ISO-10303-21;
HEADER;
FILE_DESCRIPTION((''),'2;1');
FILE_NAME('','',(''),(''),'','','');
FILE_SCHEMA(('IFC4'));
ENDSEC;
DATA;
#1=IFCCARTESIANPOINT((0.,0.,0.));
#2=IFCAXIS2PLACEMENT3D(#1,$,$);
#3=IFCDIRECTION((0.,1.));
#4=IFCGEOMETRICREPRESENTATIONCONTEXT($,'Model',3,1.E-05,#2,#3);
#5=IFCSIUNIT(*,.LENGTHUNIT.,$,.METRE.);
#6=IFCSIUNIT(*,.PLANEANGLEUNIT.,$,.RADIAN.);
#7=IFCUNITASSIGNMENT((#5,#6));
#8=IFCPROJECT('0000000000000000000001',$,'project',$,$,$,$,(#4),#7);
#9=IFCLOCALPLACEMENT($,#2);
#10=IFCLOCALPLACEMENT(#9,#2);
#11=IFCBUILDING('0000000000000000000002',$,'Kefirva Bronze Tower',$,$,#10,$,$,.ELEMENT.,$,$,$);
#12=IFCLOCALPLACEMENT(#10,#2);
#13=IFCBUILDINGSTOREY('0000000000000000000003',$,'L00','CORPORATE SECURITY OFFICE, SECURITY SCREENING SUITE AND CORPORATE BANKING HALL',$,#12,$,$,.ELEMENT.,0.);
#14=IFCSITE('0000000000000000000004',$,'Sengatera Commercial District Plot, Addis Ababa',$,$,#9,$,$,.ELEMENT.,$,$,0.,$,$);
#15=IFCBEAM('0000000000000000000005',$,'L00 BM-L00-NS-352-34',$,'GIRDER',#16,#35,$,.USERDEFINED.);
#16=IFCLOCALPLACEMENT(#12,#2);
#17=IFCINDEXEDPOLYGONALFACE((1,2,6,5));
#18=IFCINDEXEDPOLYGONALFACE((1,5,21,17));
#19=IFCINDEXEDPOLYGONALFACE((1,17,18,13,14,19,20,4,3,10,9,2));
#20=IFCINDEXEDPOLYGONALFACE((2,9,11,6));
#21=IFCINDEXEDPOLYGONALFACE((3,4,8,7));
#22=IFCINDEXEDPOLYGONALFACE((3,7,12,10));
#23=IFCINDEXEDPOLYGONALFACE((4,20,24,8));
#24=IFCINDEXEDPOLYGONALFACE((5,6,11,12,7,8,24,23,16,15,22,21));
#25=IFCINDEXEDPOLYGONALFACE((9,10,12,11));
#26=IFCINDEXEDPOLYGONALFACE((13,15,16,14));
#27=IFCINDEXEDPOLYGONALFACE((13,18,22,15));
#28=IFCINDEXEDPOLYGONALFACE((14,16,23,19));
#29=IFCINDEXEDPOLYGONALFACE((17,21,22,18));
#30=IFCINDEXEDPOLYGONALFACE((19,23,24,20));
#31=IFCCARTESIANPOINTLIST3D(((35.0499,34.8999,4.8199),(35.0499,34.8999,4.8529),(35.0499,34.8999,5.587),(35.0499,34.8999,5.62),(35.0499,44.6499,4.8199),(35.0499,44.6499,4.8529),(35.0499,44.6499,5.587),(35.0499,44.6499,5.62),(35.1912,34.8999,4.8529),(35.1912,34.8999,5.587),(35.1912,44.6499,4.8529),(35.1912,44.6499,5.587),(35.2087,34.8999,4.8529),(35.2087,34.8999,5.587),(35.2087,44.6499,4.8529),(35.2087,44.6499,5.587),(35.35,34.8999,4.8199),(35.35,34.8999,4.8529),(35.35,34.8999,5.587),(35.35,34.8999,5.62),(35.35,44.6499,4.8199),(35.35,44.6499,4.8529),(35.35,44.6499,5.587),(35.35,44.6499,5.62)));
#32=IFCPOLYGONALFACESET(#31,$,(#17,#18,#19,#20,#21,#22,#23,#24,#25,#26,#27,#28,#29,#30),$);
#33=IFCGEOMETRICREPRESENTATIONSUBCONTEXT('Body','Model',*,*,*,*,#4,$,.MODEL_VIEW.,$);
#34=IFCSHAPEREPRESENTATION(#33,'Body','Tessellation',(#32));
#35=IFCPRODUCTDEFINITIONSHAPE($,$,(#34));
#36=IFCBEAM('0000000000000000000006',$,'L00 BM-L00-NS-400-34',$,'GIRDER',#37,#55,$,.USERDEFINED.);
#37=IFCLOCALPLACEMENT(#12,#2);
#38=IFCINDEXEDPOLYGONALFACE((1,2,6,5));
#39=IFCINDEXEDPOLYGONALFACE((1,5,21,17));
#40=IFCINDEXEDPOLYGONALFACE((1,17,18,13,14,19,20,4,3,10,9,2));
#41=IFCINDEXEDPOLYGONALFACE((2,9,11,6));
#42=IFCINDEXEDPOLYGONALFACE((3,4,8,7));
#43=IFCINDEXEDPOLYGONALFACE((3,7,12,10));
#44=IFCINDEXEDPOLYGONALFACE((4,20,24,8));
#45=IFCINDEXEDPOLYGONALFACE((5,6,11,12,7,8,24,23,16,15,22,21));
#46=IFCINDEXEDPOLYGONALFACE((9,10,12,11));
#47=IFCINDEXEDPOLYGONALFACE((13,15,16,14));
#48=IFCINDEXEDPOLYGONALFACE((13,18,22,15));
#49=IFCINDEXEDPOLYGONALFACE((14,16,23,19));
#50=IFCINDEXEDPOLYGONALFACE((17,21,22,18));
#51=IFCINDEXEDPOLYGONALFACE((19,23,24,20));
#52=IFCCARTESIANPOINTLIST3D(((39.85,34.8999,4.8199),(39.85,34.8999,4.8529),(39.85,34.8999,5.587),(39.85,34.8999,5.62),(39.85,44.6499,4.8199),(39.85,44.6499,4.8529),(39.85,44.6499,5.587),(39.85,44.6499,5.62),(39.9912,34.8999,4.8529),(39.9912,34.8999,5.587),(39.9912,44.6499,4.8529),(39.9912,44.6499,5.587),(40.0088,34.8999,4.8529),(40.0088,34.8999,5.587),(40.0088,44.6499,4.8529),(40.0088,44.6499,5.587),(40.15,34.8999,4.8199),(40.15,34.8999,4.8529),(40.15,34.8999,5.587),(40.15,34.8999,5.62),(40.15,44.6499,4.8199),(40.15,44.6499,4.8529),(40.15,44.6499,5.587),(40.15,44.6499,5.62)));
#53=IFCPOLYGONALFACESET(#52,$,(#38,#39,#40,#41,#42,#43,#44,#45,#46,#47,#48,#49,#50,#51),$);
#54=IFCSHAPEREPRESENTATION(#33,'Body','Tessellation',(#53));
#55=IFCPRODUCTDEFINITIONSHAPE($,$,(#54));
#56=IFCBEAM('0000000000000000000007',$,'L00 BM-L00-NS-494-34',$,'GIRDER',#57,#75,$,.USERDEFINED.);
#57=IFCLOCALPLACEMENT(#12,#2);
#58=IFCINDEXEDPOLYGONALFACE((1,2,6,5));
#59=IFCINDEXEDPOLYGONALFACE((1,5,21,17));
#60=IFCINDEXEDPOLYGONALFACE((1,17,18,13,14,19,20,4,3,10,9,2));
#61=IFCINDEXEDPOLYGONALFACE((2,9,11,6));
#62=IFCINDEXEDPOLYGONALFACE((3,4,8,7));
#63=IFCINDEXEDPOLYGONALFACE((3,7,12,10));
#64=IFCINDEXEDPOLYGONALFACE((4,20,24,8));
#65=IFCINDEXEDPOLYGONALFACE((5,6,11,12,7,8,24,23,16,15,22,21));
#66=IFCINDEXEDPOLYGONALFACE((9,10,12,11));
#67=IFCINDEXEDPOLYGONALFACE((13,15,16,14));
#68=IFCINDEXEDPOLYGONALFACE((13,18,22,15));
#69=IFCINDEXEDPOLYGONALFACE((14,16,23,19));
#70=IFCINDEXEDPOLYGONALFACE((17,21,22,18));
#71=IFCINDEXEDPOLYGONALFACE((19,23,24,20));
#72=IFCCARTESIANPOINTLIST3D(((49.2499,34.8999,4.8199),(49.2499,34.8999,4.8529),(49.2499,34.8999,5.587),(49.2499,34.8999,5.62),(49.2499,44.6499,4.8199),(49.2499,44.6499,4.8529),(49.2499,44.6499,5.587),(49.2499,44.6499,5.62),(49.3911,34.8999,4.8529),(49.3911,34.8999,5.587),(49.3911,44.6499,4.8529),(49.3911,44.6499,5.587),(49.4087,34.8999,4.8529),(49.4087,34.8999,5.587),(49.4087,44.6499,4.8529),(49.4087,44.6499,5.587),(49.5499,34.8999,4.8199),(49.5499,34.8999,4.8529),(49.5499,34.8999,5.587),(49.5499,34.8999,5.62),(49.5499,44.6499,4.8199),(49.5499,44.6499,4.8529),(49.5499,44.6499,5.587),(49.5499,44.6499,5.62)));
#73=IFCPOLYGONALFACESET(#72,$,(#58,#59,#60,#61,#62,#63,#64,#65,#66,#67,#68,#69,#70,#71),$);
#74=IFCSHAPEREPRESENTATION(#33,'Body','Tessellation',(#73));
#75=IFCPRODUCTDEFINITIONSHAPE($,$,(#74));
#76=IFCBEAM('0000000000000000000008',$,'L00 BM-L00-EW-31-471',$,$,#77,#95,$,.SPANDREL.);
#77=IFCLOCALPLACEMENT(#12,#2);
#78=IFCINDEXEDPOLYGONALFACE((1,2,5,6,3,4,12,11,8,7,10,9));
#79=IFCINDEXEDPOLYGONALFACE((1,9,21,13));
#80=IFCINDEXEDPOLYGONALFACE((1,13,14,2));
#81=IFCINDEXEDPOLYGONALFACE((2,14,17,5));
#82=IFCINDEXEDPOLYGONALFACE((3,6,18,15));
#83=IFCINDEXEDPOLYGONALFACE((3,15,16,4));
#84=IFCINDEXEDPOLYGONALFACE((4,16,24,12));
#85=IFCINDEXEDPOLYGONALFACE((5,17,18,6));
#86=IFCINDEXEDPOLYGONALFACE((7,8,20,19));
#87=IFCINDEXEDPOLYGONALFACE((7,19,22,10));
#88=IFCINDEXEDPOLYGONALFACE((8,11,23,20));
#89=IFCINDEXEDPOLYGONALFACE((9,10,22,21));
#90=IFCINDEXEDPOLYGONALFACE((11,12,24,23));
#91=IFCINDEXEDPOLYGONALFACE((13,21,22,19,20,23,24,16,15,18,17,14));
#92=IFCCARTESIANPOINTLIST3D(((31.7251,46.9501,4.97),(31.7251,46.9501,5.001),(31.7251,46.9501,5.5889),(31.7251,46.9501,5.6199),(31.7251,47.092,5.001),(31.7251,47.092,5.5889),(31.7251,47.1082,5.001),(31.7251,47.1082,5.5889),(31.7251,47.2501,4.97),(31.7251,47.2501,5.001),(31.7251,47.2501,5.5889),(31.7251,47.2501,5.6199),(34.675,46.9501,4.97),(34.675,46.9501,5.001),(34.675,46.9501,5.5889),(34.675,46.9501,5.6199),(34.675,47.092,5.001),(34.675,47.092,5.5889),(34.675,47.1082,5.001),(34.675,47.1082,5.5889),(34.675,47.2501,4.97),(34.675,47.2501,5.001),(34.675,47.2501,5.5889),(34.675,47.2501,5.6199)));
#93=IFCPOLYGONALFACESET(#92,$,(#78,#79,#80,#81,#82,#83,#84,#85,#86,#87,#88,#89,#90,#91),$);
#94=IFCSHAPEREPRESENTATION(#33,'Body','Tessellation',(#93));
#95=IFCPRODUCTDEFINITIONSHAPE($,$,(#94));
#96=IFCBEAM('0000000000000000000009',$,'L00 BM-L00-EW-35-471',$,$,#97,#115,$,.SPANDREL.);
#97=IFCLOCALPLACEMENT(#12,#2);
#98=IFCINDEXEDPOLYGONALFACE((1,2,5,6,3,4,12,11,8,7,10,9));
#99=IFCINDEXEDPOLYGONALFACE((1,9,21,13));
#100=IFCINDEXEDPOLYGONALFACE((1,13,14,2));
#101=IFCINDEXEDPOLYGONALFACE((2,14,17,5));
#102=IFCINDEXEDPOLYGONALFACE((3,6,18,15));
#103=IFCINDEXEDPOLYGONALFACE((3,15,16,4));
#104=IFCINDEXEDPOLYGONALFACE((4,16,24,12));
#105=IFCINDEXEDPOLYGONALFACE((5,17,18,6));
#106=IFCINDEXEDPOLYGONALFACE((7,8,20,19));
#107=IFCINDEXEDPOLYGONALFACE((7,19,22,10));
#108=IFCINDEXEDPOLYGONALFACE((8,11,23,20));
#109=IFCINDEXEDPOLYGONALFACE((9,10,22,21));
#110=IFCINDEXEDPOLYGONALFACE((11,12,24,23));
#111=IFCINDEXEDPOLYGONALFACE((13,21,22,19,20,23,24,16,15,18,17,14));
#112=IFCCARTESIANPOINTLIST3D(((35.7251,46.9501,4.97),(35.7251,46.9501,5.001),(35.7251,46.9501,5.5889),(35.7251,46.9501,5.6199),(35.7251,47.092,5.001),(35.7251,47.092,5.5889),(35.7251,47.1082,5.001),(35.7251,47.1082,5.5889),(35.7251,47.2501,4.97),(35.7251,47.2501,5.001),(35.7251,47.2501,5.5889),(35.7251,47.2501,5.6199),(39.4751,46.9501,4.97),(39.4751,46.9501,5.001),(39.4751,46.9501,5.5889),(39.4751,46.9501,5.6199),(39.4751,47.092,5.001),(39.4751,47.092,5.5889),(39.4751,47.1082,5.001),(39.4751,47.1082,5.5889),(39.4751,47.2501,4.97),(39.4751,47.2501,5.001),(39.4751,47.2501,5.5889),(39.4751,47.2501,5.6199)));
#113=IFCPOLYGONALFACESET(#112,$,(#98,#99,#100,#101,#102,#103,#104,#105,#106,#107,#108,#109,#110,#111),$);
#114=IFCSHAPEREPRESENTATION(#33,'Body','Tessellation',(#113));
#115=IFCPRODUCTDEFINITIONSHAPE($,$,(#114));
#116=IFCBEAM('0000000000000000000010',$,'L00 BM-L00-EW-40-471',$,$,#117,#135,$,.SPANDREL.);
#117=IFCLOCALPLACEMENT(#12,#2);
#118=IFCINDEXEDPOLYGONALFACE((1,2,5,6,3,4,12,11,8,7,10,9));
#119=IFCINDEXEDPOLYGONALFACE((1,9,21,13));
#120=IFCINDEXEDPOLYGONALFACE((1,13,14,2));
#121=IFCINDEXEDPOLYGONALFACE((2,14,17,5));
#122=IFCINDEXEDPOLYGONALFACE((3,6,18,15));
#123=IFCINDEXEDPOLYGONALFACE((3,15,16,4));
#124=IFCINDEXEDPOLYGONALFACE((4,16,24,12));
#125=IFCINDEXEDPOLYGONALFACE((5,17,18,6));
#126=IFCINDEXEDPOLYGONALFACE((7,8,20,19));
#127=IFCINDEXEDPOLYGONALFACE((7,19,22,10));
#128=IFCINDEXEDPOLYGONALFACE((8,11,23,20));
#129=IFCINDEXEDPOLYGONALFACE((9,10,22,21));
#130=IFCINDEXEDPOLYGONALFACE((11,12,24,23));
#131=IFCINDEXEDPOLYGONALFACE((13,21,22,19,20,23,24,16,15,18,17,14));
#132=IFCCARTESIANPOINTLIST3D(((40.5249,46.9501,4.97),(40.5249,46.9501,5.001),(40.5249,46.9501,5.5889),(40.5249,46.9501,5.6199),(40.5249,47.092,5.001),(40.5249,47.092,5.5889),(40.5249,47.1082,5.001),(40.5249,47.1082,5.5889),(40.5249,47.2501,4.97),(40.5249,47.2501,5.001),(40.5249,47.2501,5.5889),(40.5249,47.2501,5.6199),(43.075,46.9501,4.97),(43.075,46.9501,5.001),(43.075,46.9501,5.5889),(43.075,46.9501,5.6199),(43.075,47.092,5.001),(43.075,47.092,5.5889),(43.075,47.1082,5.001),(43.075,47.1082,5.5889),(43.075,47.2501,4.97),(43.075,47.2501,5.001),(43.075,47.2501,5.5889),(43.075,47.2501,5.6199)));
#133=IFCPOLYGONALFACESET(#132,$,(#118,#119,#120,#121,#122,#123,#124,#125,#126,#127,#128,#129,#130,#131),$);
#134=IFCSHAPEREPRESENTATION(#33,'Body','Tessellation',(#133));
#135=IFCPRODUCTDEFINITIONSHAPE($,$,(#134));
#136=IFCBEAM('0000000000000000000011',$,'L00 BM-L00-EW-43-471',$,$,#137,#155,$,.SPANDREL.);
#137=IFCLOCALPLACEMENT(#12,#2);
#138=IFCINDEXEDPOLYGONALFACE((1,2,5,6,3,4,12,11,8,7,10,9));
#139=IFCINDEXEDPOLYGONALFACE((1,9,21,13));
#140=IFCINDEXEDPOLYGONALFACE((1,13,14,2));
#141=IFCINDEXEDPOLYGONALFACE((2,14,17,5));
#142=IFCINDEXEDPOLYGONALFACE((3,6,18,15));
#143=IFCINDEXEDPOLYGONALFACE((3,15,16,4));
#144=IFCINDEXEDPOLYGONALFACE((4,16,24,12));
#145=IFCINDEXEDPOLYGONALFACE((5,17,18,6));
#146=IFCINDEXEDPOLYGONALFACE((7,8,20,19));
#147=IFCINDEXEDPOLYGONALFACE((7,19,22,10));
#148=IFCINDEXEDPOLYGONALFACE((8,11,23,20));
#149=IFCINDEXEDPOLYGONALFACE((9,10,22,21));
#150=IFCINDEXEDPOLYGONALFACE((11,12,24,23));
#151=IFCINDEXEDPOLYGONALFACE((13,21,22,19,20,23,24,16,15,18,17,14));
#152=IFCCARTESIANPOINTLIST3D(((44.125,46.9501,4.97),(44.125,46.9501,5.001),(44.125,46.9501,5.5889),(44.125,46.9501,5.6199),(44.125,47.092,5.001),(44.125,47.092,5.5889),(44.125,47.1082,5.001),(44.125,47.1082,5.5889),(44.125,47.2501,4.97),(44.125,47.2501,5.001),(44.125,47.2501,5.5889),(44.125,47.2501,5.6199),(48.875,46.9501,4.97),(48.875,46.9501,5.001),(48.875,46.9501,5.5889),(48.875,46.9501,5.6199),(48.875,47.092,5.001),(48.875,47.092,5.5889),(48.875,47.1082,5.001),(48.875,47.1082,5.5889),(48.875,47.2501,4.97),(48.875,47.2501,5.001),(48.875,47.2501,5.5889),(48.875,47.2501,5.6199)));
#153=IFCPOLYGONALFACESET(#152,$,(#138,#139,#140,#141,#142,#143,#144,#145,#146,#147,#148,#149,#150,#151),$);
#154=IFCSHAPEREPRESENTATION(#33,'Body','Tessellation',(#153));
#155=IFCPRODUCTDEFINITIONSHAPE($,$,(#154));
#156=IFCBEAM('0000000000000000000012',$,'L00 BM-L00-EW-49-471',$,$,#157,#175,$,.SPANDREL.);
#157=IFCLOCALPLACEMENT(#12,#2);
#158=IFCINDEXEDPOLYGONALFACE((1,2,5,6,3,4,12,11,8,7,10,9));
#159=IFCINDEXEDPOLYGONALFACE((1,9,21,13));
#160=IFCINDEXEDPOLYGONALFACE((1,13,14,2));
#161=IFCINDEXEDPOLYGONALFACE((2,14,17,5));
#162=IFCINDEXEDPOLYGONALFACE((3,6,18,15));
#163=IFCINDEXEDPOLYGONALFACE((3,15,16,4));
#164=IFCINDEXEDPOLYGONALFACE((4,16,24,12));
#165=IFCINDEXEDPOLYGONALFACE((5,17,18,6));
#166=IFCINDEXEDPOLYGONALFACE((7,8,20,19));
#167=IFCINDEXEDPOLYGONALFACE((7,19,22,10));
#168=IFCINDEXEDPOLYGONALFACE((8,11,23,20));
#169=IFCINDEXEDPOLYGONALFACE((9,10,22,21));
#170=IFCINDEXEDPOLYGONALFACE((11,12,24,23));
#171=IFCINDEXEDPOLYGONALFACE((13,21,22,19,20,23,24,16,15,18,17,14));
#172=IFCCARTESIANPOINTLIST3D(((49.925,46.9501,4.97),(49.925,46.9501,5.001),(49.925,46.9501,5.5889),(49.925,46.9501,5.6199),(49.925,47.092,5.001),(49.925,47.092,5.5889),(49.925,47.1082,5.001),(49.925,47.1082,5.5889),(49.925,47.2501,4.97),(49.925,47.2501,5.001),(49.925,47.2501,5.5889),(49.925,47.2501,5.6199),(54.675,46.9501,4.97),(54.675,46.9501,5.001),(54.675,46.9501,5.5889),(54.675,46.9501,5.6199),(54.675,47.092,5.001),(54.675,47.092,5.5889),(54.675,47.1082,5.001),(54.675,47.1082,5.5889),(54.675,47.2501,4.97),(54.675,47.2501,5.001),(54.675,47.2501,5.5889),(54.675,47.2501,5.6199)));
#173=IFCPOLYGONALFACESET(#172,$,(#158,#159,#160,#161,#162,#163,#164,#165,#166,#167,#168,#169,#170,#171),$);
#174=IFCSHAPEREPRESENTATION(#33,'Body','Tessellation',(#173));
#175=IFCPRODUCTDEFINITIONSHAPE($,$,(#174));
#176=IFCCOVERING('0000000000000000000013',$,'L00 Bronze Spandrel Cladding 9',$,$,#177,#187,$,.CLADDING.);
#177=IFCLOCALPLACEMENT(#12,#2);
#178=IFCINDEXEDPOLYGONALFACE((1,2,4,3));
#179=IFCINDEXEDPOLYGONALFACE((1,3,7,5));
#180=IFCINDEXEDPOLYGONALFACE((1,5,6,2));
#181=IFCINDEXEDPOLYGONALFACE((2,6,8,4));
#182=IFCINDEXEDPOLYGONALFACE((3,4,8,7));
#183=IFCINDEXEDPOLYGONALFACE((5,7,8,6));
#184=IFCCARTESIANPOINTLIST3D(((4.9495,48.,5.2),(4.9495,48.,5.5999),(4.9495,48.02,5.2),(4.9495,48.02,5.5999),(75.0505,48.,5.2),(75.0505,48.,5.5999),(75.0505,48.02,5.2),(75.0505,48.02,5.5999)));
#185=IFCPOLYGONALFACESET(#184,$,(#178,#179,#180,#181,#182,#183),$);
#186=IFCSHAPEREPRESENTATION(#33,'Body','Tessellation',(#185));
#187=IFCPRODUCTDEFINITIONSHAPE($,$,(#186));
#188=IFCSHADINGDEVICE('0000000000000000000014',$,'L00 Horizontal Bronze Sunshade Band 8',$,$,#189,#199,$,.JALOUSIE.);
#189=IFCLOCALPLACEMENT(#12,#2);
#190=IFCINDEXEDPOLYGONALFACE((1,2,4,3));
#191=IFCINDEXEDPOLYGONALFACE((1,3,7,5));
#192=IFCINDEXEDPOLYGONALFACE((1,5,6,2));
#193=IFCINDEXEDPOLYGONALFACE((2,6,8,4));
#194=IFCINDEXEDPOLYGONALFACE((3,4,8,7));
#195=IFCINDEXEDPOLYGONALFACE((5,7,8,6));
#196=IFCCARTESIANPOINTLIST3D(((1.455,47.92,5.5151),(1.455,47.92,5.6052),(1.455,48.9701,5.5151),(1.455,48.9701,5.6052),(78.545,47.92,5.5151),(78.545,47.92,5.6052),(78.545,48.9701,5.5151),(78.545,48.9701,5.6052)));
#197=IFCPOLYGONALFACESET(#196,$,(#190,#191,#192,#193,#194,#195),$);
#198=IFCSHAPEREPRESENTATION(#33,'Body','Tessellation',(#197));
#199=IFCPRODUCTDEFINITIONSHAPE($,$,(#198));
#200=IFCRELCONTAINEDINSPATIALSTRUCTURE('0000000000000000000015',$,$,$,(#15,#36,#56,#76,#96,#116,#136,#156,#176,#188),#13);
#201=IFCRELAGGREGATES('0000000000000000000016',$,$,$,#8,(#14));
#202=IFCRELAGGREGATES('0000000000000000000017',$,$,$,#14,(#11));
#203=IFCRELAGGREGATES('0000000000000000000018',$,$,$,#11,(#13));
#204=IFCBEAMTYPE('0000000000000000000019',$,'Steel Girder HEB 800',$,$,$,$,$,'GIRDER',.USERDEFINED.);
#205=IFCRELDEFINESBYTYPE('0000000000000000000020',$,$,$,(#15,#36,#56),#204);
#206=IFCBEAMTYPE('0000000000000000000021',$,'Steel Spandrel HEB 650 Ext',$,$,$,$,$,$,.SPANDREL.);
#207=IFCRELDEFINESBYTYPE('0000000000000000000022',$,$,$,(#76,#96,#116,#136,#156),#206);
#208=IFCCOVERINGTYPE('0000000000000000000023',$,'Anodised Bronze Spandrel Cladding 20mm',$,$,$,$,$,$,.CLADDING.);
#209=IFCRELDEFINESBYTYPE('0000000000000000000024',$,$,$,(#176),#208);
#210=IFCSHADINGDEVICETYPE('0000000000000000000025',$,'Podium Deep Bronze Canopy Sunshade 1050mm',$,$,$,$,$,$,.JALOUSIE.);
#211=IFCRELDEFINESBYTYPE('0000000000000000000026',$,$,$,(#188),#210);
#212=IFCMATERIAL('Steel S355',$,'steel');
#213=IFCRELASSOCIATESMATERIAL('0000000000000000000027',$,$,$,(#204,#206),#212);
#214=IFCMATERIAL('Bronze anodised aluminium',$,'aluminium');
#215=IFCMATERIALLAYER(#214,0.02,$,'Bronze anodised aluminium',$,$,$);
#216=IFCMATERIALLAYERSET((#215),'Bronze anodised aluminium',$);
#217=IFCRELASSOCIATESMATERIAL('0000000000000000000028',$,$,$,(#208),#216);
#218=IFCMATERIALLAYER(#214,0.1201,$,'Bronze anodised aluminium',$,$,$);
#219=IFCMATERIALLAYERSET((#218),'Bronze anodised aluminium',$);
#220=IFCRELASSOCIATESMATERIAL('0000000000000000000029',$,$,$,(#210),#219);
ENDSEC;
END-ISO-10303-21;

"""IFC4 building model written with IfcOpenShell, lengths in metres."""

from ifc_helpers import new_model, si_unit, direction, frame, origin, origin_2d, place, context, subcontext, project, spatial, rectangle, i_section, extrude, material, layer, layer_set, material_profile, profile_set, type_object, element, save


model = new_model("IFC4")

# Units and contexts
model_context = context("Model", 3, precision=1e-05, world=origin(), true_north=direction((0.0, 1.0)))
body_context = subcontext(model_context, "Body", "Model", "MODEL_VIEW")
ifc_project = project(units=[si_unit("LENGTHUNIT", "METRE"), si_unit("PLANEANGLEUNIT", "RADIAN")], contexts=[model_context])

# Site, building, storey
site_placement = place(None, origin())
site = spatial("IfcSite", under=ifc_project, at=site_placement, Name="Sengatera Commercial District Plot, Addis Ababa", CompositionType="ELEMENT", RefElevation=0.0)
building_placement = place(site_placement, origin())
building = spatial("IfcBuilding", under=site, at=building_placement, Name="Kefirva Bronze Tower", CompositionType="ELEMENT")
storey_placement = place(building_placement, origin())
storey = spatial("IfcBuildingStorey", under=building, at=storey_placement, Name="L00", Description="CORPORATE SECURITY OFFICE, SECURITY SCREENING SUITE AND CORPORATE BANKING HALL", CompositionType="ELEMENT", Elevation=0.0)

# Beams
ifc_material_1 = material(Name="Steel S355", Category="steel")
ifc_material_profile_1 = material_profile(ifc_material_1, i_section(OverallWidth=0.3, OverallDepth=0.8, WebThickness=0.0176, FlangeThickness=0.033, at=origin_2d()), Name="HEB 800")
ifc_profile_set_1 = profile_set([ifc_material_profile_1], Name="Steel S355")
beam_type_1 = type_object("IfcBeamType", Name="Steel Girder HEB 800", ElementType="GIRDER", PredefinedType="USERDEFINED", material=ifc_profile_set_1)
for number, where, z_axis, x_axis, name in (
    (1, (35.2, 34.8999, 5.22), (0.0, 1.0, 0.0), (-1.0, 0.0, 0.0), "L00 BM-L00-NS-352-34"),
    (2, (40.0, 34.8999, 5.22), (0.0, 1.0, 0.0), (-1.0, 0.0, 0.0), "L00 BM-L00-NS-400-34"),
    (3, (49.3999, 34.8999, 5.22), (0.0, 1.0, 0.0), (-1.0, 0.0, 0.0), "L00 BM-L00-NS-494-34"),
):
    element("IfcBeam", number, at=place(storey_placement, frame(where, z_axis=z_axis, x_axis=x_axis)), inside=storey, type_object=beam_type_1, Name=name, ObjectType="GIRDER", PredefinedType="USERDEFINED", context=body_context, shape_type="SweptSolid", body=[
        extrude(i_section(OverallWidth=0.3, OverallDepth=0.8, WebThickness=0.0176, FlangeThickness=0.033, at=origin_2d()), origin(), (0.0, 0.0, 1.0), 9.75),
    ])
ifc_material_profile_2 = material_profile(ifc_material_1, i_section(OverallWidth=0.3, OverallDepth=0.6499, WebThickness=0.0161, FlangeThickness=0.031, at=origin_2d()), Name="HEB 650")
ifc_profile_set_2 = profile_set([ifc_material_profile_2], Name="Steel S355")
beam_type_2 = type_object("IfcBeamType", Name="Steel Spandrel HEB 650 Ext", PredefinedType="SPANDREL", material=ifc_profile_set_2)
beam_1_placement = place(storey_placement, frame((31.7251, 47.1001, 5.2949), z_axis=(1.0, 0.0, 0.0), x_axis=(0.0, 1.0, 0.0)))
element("IfcBeam", 4, at=beam_1_placement, inside=storey, type_object=beam_type_2, Name="L00 BM-L00-EW-31-471", PredefinedType="SPANDREL", context=body_context, shape_type="SweptSolid", body=[
    extrude(i_section(OverallWidth=0.3, OverallDepth=0.6499, WebThickness=0.0161, FlangeThickness=0.031, at=origin_2d()), origin(), (0.0, 0.0, 1.0), 2.95),
])
beam_2_placement = place(storey_placement, frame((35.7251, 47.1001, 5.2949), z_axis=(1.0, 0.0, 0.0), x_axis=(0.0, 1.0, 0.0)))
element("IfcBeam", 5, at=beam_2_placement, inside=storey, type_object=beam_type_2, Name="L00 BM-L00-EW-35-471", PredefinedType="SPANDREL", context=body_context, shape_type="SweptSolid", body=[
    extrude(i_section(OverallWidth=0.3, OverallDepth=0.6499, WebThickness=0.0161, FlangeThickness=0.031, at=origin_2d()), origin(), (0.0, 0.0, 1.0), 3.75),
])
beam_3_placement = place(storey_placement, frame((40.5249, 47.1001, 5.2949), z_axis=(1.0, 0.0, 0.0), x_axis=(0.0, 1.0, 0.0)))
element("IfcBeam", 6, at=beam_3_placement, inside=storey, type_object=beam_type_2, Name="L00 BM-L00-EW-40-471", PredefinedType="SPANDREL", context=body_context, shape_type="SweptSolid", body=[
    extrude(i_section(OverallWidth=0.3, OverallDepth=0.6499, WebThickness=0.0161, FlangeThickness=0.031, at=origin_2d()), origin(), (0.0, 0.0, 1.0), 2.55),
])
for number, where, z_axis, x_axis, name in (
    (7, (44.125, 47.1001, 5.2949), (1.0, 0.0, 0.0), (0.0, 1.0, 0.0), "L00 BM-L00-EW-43-471"),
    (8, (49.925, 47.1001, 5.2949), (1.0, 0.0, 0.0), (0.0, 1.0, 0.0), "L00 BM-L00-EW-49-471"),
):
    element("IfcBeam", number, at=place(storey_placement, frame(where, z_axis=z_axis, x_axis=x_axis)), inside=storey, type_object=beam_type_2, Name=name, PredefinedType="SPANDREL", context=body_context, shape_type="SweptSolid", body=[
        extrude(i_section(OverallWidth=0.3, OverallDepth=0.6499, WebThickness=0.0161, FlangeThickness=0.031, at=origin_2d()), origin(), (0.0, 0.0, 1.0), 4.75),
    ])

# Covering
ifc_material_2 = material(Name="Bronze anodised aluminium", Category="aluminium")
ifc_layer_1 = layer(ifc_material_2, 0.02, Name="Bronze anodised aluminium")
ifc_layer_set_1 = layer_set([ifc_layer_1], Name="Bronze anodised aluminium")
covering_type_1 = type_object("IfcCoveringType", Name="Anodised Bronze Spandrel Cladding 20mm", PredefinedType="CLADDING", material=ifc_layer_set_1)
covering_1_placement = place(storey_placement, frame((40.0, 48.01, 5.2), z_axis=(0.0, 0.0, 1.0), x_axis=(-1.0, 0.0, 0.0)))
element("IfcCovering", 9, at=covering_1_placement, inside=storey, type_object=covering_type_1, Name="L00 Bronze Spandrel Cladding 9", PredefinedType="CLADDING", context=body_context, shape_type="SweptSolid", body=[
    extrude(rectangle(XDim=70.1011, YDim=0.02, at=origin_2d()), origin(), (0.0, 0.0, 1.0), 0.3999),
])

# Shading device
ifc_layer_2 = layer(ifc_material_2, 0.1201, Name="Bronze anodised aluminium")
ifc_layer_set_2 = layer_set([ifc_layer_2], Name="Bronze anodised aluminium")
shading_device_type = type_object("IfcShadingDeviceType", Name="Podium Deep Bronze Canopy Sunshade 1050mm", PredefinedType="JALOUSIE", material=ifc_layer_set_2)
shading_device_placement = place(storey_placement, frame((40.0, 48.4451, 5.5151), z_axis=(0.0, 0.0, 1.0), x_axis=(-1.0, 0.0, 0.0)))
element("IfcShadingDevice", 10, at=shading_device_placement, inside=storey, type_object=shading_device_type, Name="L00 Horizontal Bronze Sunshade Band 8", PredefinedType="JALOUSIE", context=body_context, shape_type="SweptSolid", body=[
    extrude(rectangle(XDim=77.0901, YDim=1.05, at=origin_2d()), origin(), (0.0, 0.0, 1.0), 0.0901),
])

save(model, "model.ifc")
